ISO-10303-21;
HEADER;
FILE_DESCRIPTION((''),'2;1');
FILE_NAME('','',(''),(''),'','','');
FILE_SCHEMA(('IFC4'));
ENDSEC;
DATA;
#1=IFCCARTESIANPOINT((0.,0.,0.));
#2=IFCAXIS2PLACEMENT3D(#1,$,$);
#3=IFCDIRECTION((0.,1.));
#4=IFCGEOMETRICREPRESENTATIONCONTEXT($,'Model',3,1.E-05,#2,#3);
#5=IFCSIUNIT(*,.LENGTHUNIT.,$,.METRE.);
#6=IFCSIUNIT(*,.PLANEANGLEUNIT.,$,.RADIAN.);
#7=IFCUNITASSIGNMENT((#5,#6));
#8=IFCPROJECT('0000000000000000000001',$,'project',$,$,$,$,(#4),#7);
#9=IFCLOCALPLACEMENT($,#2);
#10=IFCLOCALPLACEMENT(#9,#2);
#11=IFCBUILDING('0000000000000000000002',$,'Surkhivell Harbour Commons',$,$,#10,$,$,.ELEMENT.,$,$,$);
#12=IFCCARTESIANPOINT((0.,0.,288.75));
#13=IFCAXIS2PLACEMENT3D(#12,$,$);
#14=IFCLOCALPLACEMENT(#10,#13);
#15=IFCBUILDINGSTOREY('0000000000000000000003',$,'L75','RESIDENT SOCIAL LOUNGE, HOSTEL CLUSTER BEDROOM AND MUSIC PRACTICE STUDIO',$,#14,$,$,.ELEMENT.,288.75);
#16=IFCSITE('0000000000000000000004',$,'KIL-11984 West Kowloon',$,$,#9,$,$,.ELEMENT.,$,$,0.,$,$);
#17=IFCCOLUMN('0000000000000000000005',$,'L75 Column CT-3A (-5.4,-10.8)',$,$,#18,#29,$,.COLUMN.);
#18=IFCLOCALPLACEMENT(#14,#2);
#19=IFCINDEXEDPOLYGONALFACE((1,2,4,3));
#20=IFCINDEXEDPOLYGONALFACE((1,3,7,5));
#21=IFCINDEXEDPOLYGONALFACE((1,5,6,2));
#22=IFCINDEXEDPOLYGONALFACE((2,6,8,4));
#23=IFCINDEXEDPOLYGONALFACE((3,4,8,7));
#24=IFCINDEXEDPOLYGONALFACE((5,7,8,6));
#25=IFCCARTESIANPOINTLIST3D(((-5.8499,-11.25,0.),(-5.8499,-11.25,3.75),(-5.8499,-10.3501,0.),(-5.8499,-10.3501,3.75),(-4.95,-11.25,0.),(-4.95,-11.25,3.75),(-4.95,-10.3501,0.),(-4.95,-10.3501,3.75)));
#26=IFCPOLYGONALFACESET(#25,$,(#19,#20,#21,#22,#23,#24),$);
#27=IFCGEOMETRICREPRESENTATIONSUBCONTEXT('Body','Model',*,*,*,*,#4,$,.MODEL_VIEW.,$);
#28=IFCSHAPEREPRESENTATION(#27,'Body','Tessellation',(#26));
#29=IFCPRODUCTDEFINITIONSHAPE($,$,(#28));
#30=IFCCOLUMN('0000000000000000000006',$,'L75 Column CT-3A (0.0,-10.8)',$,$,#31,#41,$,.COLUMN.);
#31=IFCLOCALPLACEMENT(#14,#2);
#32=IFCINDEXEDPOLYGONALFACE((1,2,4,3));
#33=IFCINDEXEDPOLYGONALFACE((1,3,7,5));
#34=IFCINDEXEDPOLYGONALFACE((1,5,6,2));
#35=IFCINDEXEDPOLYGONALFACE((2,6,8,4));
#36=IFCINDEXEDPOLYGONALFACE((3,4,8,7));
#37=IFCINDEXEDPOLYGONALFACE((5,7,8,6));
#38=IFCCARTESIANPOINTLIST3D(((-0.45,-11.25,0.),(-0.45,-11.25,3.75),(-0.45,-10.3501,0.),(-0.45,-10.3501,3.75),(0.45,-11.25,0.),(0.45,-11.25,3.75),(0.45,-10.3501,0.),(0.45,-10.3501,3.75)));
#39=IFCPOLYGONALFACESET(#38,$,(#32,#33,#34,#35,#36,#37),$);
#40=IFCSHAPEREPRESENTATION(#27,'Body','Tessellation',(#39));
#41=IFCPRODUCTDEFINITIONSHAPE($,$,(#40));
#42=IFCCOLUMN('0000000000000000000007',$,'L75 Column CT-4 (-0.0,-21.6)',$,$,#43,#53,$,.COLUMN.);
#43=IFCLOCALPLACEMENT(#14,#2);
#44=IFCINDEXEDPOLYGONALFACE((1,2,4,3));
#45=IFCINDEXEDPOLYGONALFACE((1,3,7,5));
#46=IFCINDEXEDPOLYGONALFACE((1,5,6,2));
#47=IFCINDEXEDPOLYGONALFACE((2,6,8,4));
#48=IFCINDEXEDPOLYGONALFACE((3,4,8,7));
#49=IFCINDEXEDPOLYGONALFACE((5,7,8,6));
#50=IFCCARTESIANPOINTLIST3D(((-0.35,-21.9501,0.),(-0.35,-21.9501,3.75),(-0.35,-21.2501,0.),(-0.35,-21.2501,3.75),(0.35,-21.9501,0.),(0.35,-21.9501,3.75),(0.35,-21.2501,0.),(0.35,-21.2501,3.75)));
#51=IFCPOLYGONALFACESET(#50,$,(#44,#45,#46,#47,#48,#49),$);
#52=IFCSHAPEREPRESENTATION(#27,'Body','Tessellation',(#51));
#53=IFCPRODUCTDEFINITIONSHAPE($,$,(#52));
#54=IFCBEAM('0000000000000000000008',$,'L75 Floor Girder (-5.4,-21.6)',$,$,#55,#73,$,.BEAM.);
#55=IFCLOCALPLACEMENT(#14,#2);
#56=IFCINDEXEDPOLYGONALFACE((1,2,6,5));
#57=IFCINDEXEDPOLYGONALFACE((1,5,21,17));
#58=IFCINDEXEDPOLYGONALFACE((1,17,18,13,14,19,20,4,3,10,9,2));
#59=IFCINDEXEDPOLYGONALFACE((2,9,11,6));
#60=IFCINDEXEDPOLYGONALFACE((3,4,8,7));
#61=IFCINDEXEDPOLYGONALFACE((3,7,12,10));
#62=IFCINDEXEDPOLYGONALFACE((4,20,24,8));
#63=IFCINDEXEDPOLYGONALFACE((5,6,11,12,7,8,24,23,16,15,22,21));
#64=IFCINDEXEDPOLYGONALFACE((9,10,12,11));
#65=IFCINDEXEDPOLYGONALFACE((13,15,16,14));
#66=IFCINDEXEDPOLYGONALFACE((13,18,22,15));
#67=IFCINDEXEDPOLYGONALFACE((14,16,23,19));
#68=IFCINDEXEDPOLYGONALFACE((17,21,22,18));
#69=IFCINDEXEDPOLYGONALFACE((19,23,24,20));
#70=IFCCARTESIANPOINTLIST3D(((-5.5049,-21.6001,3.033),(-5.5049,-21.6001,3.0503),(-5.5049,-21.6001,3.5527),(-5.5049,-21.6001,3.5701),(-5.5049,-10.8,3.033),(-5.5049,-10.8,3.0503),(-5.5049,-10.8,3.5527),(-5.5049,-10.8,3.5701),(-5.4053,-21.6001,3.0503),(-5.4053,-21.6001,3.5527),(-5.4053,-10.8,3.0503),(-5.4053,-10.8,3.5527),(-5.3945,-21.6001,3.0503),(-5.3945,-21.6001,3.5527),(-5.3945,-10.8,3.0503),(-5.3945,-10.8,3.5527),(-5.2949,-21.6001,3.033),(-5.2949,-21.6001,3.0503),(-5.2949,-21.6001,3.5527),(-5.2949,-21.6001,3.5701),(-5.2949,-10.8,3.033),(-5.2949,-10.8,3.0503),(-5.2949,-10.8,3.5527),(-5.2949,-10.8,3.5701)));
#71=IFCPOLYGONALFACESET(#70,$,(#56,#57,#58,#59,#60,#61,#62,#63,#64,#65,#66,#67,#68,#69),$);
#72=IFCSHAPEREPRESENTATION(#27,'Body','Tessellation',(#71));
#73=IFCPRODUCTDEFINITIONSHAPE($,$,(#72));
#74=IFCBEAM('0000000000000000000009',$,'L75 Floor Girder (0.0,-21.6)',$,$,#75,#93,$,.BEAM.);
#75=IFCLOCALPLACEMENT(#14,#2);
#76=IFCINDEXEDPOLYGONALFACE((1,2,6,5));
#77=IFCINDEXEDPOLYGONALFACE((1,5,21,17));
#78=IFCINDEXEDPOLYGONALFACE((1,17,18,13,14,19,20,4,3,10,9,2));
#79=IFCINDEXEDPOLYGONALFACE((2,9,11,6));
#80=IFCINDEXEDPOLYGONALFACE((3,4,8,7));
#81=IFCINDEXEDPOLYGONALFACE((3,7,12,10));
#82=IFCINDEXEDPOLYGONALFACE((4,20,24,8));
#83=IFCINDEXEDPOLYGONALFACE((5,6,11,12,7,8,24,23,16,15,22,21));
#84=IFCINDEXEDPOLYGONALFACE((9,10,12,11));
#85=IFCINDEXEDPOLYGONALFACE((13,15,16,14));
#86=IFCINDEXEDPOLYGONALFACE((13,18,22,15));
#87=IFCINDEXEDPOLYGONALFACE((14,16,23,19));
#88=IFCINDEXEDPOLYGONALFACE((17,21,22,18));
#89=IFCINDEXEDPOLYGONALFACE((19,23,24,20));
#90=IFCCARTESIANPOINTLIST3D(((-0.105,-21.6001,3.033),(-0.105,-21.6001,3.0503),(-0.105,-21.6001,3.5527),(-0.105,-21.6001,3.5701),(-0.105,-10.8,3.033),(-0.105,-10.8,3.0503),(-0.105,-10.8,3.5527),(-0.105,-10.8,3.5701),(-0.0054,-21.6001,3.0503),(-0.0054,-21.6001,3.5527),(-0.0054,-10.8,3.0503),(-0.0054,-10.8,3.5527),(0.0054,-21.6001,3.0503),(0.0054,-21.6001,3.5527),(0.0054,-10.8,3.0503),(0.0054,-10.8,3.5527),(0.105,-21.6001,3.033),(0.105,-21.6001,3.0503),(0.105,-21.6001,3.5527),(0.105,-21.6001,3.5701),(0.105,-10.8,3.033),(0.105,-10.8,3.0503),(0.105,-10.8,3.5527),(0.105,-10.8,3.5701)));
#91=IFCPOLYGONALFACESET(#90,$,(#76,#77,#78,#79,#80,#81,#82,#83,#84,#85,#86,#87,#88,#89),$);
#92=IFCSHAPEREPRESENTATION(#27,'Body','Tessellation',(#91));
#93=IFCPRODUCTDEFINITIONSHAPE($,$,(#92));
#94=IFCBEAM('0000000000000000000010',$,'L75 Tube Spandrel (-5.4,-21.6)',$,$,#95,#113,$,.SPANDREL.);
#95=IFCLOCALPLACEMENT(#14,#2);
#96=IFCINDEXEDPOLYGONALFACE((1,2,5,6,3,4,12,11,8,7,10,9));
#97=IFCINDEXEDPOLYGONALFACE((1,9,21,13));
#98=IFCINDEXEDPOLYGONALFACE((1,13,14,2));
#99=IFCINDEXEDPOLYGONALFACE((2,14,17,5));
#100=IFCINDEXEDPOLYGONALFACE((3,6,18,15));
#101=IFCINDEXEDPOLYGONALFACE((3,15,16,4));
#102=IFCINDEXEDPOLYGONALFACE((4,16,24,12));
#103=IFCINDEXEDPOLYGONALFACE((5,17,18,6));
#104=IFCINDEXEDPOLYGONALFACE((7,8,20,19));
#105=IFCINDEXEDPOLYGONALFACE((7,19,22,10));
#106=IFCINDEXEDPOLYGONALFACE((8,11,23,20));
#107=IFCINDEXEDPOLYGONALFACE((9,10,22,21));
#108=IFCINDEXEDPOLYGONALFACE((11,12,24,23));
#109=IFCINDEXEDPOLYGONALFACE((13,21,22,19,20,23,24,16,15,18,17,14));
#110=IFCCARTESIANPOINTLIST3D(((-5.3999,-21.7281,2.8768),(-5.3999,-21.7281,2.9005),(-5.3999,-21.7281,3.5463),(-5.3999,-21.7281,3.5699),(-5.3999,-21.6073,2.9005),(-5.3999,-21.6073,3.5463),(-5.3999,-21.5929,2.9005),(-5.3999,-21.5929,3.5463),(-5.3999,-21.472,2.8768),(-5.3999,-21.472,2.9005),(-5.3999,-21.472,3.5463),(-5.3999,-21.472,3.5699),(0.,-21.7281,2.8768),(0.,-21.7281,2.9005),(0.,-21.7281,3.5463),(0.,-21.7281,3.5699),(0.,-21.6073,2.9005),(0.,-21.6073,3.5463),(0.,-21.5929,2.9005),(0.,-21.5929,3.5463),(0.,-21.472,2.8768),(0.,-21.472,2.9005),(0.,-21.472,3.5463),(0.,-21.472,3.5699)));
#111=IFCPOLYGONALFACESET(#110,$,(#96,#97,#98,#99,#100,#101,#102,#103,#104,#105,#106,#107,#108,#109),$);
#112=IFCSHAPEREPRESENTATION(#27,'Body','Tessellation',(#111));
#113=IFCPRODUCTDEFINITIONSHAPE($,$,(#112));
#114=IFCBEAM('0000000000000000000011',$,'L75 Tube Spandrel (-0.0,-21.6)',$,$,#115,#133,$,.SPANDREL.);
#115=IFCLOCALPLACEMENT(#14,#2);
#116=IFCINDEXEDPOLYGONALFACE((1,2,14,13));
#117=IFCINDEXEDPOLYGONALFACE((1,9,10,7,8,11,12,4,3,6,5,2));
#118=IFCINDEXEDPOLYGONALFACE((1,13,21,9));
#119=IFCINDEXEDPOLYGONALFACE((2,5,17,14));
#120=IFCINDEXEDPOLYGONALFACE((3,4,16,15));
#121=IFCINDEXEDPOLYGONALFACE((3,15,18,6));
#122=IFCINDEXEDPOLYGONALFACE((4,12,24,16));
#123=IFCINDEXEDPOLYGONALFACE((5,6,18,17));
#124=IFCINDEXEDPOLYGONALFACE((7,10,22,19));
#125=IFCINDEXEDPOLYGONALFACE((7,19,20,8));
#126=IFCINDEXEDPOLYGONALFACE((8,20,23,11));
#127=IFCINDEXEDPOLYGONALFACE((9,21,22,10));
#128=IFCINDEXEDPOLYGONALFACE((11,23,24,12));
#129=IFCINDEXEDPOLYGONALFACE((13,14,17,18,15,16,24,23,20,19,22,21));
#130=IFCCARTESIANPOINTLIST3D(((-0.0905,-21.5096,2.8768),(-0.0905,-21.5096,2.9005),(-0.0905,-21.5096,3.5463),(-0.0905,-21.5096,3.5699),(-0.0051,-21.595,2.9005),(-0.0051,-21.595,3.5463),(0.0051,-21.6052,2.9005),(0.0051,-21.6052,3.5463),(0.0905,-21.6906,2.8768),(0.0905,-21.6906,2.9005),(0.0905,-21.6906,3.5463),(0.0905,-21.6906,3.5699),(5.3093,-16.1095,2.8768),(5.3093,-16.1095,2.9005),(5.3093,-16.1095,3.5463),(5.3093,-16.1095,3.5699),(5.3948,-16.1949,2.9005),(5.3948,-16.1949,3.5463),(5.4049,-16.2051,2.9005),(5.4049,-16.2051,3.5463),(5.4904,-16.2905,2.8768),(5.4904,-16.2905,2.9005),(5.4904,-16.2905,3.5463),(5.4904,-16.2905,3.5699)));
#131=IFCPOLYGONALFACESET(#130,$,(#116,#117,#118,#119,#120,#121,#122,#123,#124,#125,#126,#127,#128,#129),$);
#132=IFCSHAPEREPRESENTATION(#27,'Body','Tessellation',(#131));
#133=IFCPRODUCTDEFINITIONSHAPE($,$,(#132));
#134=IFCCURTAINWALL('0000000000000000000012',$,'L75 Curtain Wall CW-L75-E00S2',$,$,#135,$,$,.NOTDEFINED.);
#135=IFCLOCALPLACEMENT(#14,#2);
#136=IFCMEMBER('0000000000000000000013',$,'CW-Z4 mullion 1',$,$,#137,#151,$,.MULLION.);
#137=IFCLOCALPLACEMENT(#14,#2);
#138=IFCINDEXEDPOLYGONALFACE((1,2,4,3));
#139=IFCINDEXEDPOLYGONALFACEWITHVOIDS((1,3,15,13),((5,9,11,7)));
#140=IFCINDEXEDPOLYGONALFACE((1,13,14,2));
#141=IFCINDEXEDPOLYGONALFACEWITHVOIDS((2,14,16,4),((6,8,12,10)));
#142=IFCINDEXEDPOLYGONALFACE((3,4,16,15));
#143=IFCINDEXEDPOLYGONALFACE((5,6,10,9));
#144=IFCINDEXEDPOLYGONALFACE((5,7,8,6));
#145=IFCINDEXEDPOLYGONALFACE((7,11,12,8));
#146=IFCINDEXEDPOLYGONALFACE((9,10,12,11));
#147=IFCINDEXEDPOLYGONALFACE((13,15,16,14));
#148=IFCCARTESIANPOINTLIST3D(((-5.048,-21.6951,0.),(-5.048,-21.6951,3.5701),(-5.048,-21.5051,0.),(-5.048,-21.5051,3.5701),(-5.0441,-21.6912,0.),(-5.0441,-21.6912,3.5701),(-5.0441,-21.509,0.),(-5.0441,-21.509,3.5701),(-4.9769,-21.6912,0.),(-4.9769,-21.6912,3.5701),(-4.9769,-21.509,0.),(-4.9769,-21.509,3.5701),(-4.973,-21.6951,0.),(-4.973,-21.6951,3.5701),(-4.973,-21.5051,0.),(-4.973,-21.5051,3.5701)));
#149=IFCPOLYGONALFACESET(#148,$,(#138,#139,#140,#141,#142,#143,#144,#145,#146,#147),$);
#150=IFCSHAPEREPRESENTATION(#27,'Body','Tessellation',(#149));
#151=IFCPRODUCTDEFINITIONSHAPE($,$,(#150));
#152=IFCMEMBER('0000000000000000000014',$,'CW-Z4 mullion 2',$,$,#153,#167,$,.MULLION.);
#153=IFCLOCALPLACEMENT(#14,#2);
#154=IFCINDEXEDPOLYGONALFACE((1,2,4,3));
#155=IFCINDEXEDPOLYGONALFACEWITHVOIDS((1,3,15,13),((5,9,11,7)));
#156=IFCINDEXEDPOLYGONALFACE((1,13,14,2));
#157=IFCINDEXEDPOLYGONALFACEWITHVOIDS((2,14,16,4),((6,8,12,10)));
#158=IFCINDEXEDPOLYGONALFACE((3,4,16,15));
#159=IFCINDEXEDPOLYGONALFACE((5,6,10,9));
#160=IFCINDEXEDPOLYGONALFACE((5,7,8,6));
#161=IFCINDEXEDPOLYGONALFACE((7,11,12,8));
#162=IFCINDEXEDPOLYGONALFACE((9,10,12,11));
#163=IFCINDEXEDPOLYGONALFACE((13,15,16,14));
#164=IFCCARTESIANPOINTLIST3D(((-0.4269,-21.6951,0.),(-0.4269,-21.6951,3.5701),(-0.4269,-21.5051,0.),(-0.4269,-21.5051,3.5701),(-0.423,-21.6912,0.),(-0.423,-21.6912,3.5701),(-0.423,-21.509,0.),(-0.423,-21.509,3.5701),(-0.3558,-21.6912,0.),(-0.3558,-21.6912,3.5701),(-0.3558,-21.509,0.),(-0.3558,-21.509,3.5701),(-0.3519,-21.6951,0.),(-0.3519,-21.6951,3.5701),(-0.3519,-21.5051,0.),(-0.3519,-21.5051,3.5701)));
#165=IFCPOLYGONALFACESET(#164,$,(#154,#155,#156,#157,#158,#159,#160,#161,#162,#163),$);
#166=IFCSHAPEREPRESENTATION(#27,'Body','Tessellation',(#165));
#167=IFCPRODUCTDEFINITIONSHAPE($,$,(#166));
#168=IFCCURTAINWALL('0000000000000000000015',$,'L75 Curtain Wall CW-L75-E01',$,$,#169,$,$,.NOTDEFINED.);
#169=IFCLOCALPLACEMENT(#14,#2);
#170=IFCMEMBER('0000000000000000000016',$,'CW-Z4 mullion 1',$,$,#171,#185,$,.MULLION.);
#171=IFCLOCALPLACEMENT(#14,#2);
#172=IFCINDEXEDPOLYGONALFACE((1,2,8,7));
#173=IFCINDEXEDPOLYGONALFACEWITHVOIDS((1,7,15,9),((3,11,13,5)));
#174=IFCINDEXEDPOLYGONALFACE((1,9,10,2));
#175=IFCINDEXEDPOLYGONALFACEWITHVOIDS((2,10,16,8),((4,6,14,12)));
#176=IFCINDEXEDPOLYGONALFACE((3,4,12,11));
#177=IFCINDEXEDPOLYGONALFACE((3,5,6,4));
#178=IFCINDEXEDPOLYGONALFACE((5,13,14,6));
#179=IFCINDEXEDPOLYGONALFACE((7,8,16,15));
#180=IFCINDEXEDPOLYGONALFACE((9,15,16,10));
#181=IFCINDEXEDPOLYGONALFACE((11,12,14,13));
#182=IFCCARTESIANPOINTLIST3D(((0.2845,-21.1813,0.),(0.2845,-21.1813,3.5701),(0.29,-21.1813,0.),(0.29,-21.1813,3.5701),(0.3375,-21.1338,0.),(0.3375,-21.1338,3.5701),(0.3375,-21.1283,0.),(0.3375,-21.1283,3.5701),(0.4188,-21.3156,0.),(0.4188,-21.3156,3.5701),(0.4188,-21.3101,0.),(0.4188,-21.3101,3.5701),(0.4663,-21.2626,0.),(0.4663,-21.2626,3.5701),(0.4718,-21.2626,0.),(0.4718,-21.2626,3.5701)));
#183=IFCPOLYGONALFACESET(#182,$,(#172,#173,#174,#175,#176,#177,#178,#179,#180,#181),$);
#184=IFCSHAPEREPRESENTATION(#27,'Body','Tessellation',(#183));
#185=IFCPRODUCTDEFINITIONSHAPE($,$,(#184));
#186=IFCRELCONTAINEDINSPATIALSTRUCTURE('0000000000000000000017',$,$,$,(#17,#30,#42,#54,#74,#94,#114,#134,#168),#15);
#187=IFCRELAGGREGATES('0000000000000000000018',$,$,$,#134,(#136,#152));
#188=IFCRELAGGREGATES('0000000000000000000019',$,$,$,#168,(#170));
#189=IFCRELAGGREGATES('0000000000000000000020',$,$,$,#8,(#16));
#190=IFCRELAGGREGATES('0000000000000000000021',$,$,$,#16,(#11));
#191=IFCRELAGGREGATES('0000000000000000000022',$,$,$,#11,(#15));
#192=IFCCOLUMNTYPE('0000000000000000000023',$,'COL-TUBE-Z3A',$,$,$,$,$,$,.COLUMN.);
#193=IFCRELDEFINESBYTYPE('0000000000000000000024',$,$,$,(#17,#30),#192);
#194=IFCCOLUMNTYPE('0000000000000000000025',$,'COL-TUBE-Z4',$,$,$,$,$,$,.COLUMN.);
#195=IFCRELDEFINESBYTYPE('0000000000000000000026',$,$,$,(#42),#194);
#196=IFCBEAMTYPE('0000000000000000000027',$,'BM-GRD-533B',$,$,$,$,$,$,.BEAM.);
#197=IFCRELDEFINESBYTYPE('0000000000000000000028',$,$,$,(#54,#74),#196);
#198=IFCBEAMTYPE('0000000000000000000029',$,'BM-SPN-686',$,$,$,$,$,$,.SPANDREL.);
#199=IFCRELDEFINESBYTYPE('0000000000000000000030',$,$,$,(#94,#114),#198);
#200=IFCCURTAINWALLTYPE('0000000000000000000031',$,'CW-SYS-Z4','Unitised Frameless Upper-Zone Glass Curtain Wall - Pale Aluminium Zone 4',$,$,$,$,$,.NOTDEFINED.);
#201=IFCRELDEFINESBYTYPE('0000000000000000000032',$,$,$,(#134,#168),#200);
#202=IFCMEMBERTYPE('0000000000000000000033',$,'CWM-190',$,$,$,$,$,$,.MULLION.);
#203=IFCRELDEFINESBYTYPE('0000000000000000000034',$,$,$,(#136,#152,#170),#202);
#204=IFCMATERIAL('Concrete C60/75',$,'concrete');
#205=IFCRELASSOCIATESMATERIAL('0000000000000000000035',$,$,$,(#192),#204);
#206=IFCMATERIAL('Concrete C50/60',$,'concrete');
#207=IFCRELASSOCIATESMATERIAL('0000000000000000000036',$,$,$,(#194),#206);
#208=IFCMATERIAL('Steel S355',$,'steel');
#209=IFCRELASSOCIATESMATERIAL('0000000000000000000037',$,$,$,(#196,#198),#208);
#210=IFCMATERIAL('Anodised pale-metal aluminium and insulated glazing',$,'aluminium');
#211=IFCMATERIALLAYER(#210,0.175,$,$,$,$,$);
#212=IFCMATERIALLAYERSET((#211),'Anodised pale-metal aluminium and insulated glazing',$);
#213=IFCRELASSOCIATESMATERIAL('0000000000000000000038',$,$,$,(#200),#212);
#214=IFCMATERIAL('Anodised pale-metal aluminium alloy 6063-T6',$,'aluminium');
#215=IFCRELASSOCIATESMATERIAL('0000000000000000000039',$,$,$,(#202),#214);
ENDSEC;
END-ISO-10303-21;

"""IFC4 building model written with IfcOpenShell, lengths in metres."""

from ifc_helpers import new_model, si_unit, direction, frame, origin, origin_2d, place, context, subcontext, project, spatial, rectangle, hollow_rectangle, i_section, extrude, material, layer, layer_set, material_profile, profile_set, type_object, element, aggregate, save


model = new_model("IFC4")

# Units and contexts
model_context = context("Model", 3, precision=1e-05, world=origin(), true_north=direction((0.0, 1.0)))
body_context = subcontext(model_context, "Body", "Model", "MODEL_VIEW")
ifc_project = project(units=[si_unit("LENGTHUNIT", "METRE"), si_unit("PLANEANGLEUNIT", "RADIAN")], contexts=[model_context])

# Site, building, storey
site_placement = place(None, origin())
site = spatial("IfcSite", under=ifc_project, at=site_placement, Name="KIL-11984 West Kowloon", CompositionType="ELEMENT", RefElevation=0.0)
building_placement = place(site_placement, origin())
building = spatial("IfcBuilding", under=site, at=building_placement, Name="Surkhivell Harbour Commons", CompositionType="ELEMENT")
storey_placement = place(building_placement, frame((0.0, 0.0, 288.75)))
storey = spatial("IfcBuildingStorey", under=building, at=storey_placement, Name="L75", Description="RESIDENT SOCIAL LOUNGE, HOSTEL CLUSTER BEDROOM AND MUSIC PRACTICE STUDIO", CompositionType="ELEMENT", Elevation=288.75)

# Columns
ifc_material_1 = material(Name="Concrete C60/75", Category="concrete")
ifc_material_profile_1 = material_profile(ifc_material_1, rectangle(XDim=0.8999, YDim=0.8999, at=origin_2d()), Name="RC-COL-900x900")
ifc_profile_set_1 = profile_set([ifc_material_profile_1], Name="Concrete C60/75")
column_type_1 = type_object("IfcColumnType", Name="COL-TUBE-Z3A", PredefinedType="COLUMN", material=ifc_profile_set_1)
for number, where, z_axis, x_axis, name in (
    (1, (-5.3999, -10.8, 0.0), (0.0, 0.0, 1.0), (1.0, 0.0, 0.0), "L75 Column CT-3A (-5.4,-10.8)"),
    (2, (0.0, -10.8, 0.0), (0.0, 0.0, 1.0), (1.0, 0.0, 0.0), "L75 Column CT-3A (0.0,-10.8)"),
):
    element("IfcColumn", number, at=place(storey_placement, frame(where, z_axis=z_axis, x_axis=x_axis)), inside=storey, type_object=column_type_1, Name=name, PredefinedType="COLUMN", context=body_context, shape_type="SweptSolid", body=[
        extrude(rectangle(XDim=0.8999, YDim=0.8999, at=origin_2d()), origin(), (0.0, 0.0, 1.0), 3.75),
    ])
ifc_material_2 = material(Name="Concrete C50/60", Category="concrete")
ifc_material_profile_2 = material_profile(ifc_material_2, rectangle(XDim=0.7, YDim=0.7, at=origin_2d()), Name="RC-COL-700x700")
ifc_profile_set_2 = profile_set([ifc_material_profile_2], Name="Concrete C50/60")
column_type_2 = type_object("IfcColumnType", Name="COL-TUBE-Z4", PredefinedType="COLUMN", material=ifc_profile_set_2)
column_placement = place(storey_placement, frame((0.0, -21.6001, 0.0), z_axis=(0.0, 0.0, 1.0), x_axis=(1.0, 0.0, 0.0)))
element("IfcColumn", 3, at=column_placement, inside=storey, type_object=column_type_2, Name="L75 Column CT-4 (-0.0,-21.6)", PredefinedType="COLUMN", context=body_context, shape_type="SweptSolid", body=[
    extrude(rectangle(XDim=0.7, YDim=0.7, at=origin_2d()), origin(), (0.0, 0.0, 1.0), 3.75),
])

# Beams
ifc_material_3 = material(Name="Steel S355", Category="steel")
ifc_material_profile_3 = material_profile(ifc_material_3, i_section(OverallWidth=0.21, OverallDepth=0.5371, WebThickness=0.0107, FlangeThickness=0.0173, at=origin_2d()), Name="UB533x210x101")
ifc_profile_set_3 = profile_set([ifc_material_profile_3], Name="Steel S355")
beam_type_1 = type_object("IfcBeamType", Name="BM-GRD-533B", PredefinedType="BEAM", material=ifc_profile_set_3)
for number, where, z_axis, x_axis, name in (
    (4, (-5.3999, -21.6001, 3.3015), (0.0, 1.0, 0.0), (-1.0, 0.0, 0.0), "L75 Floor Girder (-5.4,-21.6)"),
    (5, (0.0, -21.6001, 3.3015), (0.0, 1.0, 0.0), (-1.0, 0.0, 0.0), "L75 Floor Girder (0.0,-21.6)"),
):
    element("IfcBeam", number, at=place(storey_placement, frame(where, z_axis=z_axis, x_axis=x_axis)), inside=storey, type_object=beam_type_1, Name=name, PredefinedType="BEAM", context=body_context, shape_type="SweptSolid", body=[
        extrude(i_section(OverallWidth=0.21, OverallDepth=0.5371, WebThickness=0.0107, FlangeThickness=0.0173, at=origin_2d()), origin(), (0.0, 0.0, 1.0), 10.8),
    ])
ifc_material_profile_4 = material_profile(ifc_material_3, i_section(OverallWidth=0.2561, OverallDepth=0.6931, WebThickness=0.0144, FlangeThickness=0.0237, at=origin_2d()), Name="UB686x254x170")
ifc_profile_set_4 = profile_set([ifc_material_profile_4], Name="Steel S355")
beam_type_2 = type_object("IfcBeamType", Name="BM-SPN-686", PredefinedType="SPANDREL", material=ifc_profile_set_4)
beam_1_placement = place(storey_placement, frame((-5.3999, -21.6001, 3.2234), z_axis=(1.0, 0.0, 0.0), x_axis=(0.0, 1.0, 0.0)))
element("IfcBeam", 6, at=beam_1_placement, inside=storey, type_object=beam_type_2, Name="L75 Tube Spandrel (-5.4,-21.6)", PredefinedType="SPANDREL", context=body_context, shape_type="SweptSolid", body=[
    extrude(i_section(OverallWidth=0.2561, OverallDepth=0.6931, WebThickness=0.0144, FlangeThickness=0.0237, at=origin_2d()), origin(), (0.0, 0.0, 1.0), 5.3999),
])
beam_2_placement = place(storey_placement, frame((0.0, -21.6001, 3.2234), z_axis=(0.707091, 0.707123, 0.0), x_axis=(-0.707123, 0.707091, 0.0)))
element("IfcBeam", 7, at=beam_2_placement, inside=storey, type_object=beam_type_2, Name="L75 Tube Spandrel (-0.0,-21.6)", PredefinedType="SPANDREL", context=body_context, shape_type="SweptSolid", body=[
    extrude(i_section(OverallWidth=0.2561, OverallDepth=0.6931, WebThickness=0.0144, FlangeThickness=0.0237, at=origin_2d()), origin(), (0.0, 0.0, 1.0), 7.6367),
])

# Curtain wall, members
ifc_material_4 = material(Name="Anodised pale-metal aluminium and insulated glazing", Category="aluminium")
ifc_layer_1 = layer(ifc_material_4, 0.175)
ifc_layer_set_1 = layer_set([ifc_layer_1], Name="Anodised pale-metal aluminium and insulated glazing")
curtain_wall_type = type_object("IfcCurtainWallType", Name="CW-SYS-Z4", Description="Unitised Frameless Upper-Zone Glass Curtain Wall - Pale Aluminium Zone 4", PredefinedType="NOTDEFINED", material=ifc_layer_set_1)
curtain_wall_1_placement = place(storey_placement, origin())
curtain_wall_1 = element("IfcCurtainWall", 8, at=curtain_wall_1_placement, inside=storey, type_object=curtain_wall_type, Name="L75 Curtain Wall CW-L75-E00S2", PredefinedType="NOTDEFINED")
ifc_material_5 = material(Name="Anodised pale-metal aluminium alloy 6063-T6", Category="aluminium")
ifc_material_profile_5 = material_profile(ifc_material_5, hollow_rectangle(XDim=0.075, YDim=0.1899, WallThickness=0.0039, at=origin_2d()), Name="ALU-MULL-75x190")
ifc_profile_set_5 = profile_set([ifc_material_profile_5], Name="Anodised pale-metal aluminium alloy 6063-T6")
member_type_1 = type_object("IfcMemberType", Name="CWM-190", PredefinedType="MULLION", material=ifc_profile_set_5)
member_1_placement = place(storey_placement, frame((-5.0105, -21.6001, 0.0), z_axis=(0.0, 0.0, 1.0), x_axis=(1.0, 0.0, 0.0)))
member_1 = element("IfcMember", 9, at=member_1_placement, type_object=member_type_1, Name="CW-Z4 mullion 1", PredefinedType="MULLION", context=body_context, shape_type="SweptSolid", body=[
    extrude(hollow_rectangle(XDim=0.075, YDim=0.1899, WallThickness=0.0039, at=origin_2d()), origin(), (0.0, 0.0, 1.0), 3.5701),
])
member_2_placement = place(storey_placement, frame((-0.3894, -21.6001, 0.0), z_axis=(0.0, 0.0, 1.0), x_axis=(1.0, 0.0, 0.0)))
member_2 = element("IfcMember", 10, at=member_2_placement, type_object=member_type_1, Name="CW-Z4 mullion 2", PredefinedType="MULLION", context=body_context, shape_type="SweptSolid", body=[
    extrude(hollow_rectangle(XDim=0.075, YDim=0.1899, WallThickness=0.0039, at=origin_2d()), origin(), (0.0, 0.0, 1.0), 3.5701),
])

# Curtain wall, member
curtain_wall_2_placement = place(storey_placement, origin())
curtain_wall_2 = element("IfcCurtainWall", 11, at=curtain_wall_2_placement, inside=storey, type_object=curtain_wall_type, Name="L75 Curtain Wall CW-L75-E01", PredefinedType="NOTDEFINED")
member_3_placement = place(storey_placement, frame((0.3782, -21.2219, 0.0), z_axis=(0.0, 0.0, 1.0), x_axis=(0.707107, 0.707107, 0.0)))
member_3 = element("IfcMember", 12, at=member_3_placement, type_object=member_type_1, Name="CW-Z4 mullion 1", PredefinedType="MULLION", context=body_context, shape_type="SweptSolid", body=[
    extrude(hollow_rectangle(XDim=0.075, YDim=0.1899, WallThickness=0.0039, at=origin_2d()), origin(), (0.0, 0.0, 1.0), 3.5701),
])

aggregate(curtain_wall_1, [member_1, member_2])
aggregate(curtain_wall_2, [member_3])

save(model, "model.ifc")
